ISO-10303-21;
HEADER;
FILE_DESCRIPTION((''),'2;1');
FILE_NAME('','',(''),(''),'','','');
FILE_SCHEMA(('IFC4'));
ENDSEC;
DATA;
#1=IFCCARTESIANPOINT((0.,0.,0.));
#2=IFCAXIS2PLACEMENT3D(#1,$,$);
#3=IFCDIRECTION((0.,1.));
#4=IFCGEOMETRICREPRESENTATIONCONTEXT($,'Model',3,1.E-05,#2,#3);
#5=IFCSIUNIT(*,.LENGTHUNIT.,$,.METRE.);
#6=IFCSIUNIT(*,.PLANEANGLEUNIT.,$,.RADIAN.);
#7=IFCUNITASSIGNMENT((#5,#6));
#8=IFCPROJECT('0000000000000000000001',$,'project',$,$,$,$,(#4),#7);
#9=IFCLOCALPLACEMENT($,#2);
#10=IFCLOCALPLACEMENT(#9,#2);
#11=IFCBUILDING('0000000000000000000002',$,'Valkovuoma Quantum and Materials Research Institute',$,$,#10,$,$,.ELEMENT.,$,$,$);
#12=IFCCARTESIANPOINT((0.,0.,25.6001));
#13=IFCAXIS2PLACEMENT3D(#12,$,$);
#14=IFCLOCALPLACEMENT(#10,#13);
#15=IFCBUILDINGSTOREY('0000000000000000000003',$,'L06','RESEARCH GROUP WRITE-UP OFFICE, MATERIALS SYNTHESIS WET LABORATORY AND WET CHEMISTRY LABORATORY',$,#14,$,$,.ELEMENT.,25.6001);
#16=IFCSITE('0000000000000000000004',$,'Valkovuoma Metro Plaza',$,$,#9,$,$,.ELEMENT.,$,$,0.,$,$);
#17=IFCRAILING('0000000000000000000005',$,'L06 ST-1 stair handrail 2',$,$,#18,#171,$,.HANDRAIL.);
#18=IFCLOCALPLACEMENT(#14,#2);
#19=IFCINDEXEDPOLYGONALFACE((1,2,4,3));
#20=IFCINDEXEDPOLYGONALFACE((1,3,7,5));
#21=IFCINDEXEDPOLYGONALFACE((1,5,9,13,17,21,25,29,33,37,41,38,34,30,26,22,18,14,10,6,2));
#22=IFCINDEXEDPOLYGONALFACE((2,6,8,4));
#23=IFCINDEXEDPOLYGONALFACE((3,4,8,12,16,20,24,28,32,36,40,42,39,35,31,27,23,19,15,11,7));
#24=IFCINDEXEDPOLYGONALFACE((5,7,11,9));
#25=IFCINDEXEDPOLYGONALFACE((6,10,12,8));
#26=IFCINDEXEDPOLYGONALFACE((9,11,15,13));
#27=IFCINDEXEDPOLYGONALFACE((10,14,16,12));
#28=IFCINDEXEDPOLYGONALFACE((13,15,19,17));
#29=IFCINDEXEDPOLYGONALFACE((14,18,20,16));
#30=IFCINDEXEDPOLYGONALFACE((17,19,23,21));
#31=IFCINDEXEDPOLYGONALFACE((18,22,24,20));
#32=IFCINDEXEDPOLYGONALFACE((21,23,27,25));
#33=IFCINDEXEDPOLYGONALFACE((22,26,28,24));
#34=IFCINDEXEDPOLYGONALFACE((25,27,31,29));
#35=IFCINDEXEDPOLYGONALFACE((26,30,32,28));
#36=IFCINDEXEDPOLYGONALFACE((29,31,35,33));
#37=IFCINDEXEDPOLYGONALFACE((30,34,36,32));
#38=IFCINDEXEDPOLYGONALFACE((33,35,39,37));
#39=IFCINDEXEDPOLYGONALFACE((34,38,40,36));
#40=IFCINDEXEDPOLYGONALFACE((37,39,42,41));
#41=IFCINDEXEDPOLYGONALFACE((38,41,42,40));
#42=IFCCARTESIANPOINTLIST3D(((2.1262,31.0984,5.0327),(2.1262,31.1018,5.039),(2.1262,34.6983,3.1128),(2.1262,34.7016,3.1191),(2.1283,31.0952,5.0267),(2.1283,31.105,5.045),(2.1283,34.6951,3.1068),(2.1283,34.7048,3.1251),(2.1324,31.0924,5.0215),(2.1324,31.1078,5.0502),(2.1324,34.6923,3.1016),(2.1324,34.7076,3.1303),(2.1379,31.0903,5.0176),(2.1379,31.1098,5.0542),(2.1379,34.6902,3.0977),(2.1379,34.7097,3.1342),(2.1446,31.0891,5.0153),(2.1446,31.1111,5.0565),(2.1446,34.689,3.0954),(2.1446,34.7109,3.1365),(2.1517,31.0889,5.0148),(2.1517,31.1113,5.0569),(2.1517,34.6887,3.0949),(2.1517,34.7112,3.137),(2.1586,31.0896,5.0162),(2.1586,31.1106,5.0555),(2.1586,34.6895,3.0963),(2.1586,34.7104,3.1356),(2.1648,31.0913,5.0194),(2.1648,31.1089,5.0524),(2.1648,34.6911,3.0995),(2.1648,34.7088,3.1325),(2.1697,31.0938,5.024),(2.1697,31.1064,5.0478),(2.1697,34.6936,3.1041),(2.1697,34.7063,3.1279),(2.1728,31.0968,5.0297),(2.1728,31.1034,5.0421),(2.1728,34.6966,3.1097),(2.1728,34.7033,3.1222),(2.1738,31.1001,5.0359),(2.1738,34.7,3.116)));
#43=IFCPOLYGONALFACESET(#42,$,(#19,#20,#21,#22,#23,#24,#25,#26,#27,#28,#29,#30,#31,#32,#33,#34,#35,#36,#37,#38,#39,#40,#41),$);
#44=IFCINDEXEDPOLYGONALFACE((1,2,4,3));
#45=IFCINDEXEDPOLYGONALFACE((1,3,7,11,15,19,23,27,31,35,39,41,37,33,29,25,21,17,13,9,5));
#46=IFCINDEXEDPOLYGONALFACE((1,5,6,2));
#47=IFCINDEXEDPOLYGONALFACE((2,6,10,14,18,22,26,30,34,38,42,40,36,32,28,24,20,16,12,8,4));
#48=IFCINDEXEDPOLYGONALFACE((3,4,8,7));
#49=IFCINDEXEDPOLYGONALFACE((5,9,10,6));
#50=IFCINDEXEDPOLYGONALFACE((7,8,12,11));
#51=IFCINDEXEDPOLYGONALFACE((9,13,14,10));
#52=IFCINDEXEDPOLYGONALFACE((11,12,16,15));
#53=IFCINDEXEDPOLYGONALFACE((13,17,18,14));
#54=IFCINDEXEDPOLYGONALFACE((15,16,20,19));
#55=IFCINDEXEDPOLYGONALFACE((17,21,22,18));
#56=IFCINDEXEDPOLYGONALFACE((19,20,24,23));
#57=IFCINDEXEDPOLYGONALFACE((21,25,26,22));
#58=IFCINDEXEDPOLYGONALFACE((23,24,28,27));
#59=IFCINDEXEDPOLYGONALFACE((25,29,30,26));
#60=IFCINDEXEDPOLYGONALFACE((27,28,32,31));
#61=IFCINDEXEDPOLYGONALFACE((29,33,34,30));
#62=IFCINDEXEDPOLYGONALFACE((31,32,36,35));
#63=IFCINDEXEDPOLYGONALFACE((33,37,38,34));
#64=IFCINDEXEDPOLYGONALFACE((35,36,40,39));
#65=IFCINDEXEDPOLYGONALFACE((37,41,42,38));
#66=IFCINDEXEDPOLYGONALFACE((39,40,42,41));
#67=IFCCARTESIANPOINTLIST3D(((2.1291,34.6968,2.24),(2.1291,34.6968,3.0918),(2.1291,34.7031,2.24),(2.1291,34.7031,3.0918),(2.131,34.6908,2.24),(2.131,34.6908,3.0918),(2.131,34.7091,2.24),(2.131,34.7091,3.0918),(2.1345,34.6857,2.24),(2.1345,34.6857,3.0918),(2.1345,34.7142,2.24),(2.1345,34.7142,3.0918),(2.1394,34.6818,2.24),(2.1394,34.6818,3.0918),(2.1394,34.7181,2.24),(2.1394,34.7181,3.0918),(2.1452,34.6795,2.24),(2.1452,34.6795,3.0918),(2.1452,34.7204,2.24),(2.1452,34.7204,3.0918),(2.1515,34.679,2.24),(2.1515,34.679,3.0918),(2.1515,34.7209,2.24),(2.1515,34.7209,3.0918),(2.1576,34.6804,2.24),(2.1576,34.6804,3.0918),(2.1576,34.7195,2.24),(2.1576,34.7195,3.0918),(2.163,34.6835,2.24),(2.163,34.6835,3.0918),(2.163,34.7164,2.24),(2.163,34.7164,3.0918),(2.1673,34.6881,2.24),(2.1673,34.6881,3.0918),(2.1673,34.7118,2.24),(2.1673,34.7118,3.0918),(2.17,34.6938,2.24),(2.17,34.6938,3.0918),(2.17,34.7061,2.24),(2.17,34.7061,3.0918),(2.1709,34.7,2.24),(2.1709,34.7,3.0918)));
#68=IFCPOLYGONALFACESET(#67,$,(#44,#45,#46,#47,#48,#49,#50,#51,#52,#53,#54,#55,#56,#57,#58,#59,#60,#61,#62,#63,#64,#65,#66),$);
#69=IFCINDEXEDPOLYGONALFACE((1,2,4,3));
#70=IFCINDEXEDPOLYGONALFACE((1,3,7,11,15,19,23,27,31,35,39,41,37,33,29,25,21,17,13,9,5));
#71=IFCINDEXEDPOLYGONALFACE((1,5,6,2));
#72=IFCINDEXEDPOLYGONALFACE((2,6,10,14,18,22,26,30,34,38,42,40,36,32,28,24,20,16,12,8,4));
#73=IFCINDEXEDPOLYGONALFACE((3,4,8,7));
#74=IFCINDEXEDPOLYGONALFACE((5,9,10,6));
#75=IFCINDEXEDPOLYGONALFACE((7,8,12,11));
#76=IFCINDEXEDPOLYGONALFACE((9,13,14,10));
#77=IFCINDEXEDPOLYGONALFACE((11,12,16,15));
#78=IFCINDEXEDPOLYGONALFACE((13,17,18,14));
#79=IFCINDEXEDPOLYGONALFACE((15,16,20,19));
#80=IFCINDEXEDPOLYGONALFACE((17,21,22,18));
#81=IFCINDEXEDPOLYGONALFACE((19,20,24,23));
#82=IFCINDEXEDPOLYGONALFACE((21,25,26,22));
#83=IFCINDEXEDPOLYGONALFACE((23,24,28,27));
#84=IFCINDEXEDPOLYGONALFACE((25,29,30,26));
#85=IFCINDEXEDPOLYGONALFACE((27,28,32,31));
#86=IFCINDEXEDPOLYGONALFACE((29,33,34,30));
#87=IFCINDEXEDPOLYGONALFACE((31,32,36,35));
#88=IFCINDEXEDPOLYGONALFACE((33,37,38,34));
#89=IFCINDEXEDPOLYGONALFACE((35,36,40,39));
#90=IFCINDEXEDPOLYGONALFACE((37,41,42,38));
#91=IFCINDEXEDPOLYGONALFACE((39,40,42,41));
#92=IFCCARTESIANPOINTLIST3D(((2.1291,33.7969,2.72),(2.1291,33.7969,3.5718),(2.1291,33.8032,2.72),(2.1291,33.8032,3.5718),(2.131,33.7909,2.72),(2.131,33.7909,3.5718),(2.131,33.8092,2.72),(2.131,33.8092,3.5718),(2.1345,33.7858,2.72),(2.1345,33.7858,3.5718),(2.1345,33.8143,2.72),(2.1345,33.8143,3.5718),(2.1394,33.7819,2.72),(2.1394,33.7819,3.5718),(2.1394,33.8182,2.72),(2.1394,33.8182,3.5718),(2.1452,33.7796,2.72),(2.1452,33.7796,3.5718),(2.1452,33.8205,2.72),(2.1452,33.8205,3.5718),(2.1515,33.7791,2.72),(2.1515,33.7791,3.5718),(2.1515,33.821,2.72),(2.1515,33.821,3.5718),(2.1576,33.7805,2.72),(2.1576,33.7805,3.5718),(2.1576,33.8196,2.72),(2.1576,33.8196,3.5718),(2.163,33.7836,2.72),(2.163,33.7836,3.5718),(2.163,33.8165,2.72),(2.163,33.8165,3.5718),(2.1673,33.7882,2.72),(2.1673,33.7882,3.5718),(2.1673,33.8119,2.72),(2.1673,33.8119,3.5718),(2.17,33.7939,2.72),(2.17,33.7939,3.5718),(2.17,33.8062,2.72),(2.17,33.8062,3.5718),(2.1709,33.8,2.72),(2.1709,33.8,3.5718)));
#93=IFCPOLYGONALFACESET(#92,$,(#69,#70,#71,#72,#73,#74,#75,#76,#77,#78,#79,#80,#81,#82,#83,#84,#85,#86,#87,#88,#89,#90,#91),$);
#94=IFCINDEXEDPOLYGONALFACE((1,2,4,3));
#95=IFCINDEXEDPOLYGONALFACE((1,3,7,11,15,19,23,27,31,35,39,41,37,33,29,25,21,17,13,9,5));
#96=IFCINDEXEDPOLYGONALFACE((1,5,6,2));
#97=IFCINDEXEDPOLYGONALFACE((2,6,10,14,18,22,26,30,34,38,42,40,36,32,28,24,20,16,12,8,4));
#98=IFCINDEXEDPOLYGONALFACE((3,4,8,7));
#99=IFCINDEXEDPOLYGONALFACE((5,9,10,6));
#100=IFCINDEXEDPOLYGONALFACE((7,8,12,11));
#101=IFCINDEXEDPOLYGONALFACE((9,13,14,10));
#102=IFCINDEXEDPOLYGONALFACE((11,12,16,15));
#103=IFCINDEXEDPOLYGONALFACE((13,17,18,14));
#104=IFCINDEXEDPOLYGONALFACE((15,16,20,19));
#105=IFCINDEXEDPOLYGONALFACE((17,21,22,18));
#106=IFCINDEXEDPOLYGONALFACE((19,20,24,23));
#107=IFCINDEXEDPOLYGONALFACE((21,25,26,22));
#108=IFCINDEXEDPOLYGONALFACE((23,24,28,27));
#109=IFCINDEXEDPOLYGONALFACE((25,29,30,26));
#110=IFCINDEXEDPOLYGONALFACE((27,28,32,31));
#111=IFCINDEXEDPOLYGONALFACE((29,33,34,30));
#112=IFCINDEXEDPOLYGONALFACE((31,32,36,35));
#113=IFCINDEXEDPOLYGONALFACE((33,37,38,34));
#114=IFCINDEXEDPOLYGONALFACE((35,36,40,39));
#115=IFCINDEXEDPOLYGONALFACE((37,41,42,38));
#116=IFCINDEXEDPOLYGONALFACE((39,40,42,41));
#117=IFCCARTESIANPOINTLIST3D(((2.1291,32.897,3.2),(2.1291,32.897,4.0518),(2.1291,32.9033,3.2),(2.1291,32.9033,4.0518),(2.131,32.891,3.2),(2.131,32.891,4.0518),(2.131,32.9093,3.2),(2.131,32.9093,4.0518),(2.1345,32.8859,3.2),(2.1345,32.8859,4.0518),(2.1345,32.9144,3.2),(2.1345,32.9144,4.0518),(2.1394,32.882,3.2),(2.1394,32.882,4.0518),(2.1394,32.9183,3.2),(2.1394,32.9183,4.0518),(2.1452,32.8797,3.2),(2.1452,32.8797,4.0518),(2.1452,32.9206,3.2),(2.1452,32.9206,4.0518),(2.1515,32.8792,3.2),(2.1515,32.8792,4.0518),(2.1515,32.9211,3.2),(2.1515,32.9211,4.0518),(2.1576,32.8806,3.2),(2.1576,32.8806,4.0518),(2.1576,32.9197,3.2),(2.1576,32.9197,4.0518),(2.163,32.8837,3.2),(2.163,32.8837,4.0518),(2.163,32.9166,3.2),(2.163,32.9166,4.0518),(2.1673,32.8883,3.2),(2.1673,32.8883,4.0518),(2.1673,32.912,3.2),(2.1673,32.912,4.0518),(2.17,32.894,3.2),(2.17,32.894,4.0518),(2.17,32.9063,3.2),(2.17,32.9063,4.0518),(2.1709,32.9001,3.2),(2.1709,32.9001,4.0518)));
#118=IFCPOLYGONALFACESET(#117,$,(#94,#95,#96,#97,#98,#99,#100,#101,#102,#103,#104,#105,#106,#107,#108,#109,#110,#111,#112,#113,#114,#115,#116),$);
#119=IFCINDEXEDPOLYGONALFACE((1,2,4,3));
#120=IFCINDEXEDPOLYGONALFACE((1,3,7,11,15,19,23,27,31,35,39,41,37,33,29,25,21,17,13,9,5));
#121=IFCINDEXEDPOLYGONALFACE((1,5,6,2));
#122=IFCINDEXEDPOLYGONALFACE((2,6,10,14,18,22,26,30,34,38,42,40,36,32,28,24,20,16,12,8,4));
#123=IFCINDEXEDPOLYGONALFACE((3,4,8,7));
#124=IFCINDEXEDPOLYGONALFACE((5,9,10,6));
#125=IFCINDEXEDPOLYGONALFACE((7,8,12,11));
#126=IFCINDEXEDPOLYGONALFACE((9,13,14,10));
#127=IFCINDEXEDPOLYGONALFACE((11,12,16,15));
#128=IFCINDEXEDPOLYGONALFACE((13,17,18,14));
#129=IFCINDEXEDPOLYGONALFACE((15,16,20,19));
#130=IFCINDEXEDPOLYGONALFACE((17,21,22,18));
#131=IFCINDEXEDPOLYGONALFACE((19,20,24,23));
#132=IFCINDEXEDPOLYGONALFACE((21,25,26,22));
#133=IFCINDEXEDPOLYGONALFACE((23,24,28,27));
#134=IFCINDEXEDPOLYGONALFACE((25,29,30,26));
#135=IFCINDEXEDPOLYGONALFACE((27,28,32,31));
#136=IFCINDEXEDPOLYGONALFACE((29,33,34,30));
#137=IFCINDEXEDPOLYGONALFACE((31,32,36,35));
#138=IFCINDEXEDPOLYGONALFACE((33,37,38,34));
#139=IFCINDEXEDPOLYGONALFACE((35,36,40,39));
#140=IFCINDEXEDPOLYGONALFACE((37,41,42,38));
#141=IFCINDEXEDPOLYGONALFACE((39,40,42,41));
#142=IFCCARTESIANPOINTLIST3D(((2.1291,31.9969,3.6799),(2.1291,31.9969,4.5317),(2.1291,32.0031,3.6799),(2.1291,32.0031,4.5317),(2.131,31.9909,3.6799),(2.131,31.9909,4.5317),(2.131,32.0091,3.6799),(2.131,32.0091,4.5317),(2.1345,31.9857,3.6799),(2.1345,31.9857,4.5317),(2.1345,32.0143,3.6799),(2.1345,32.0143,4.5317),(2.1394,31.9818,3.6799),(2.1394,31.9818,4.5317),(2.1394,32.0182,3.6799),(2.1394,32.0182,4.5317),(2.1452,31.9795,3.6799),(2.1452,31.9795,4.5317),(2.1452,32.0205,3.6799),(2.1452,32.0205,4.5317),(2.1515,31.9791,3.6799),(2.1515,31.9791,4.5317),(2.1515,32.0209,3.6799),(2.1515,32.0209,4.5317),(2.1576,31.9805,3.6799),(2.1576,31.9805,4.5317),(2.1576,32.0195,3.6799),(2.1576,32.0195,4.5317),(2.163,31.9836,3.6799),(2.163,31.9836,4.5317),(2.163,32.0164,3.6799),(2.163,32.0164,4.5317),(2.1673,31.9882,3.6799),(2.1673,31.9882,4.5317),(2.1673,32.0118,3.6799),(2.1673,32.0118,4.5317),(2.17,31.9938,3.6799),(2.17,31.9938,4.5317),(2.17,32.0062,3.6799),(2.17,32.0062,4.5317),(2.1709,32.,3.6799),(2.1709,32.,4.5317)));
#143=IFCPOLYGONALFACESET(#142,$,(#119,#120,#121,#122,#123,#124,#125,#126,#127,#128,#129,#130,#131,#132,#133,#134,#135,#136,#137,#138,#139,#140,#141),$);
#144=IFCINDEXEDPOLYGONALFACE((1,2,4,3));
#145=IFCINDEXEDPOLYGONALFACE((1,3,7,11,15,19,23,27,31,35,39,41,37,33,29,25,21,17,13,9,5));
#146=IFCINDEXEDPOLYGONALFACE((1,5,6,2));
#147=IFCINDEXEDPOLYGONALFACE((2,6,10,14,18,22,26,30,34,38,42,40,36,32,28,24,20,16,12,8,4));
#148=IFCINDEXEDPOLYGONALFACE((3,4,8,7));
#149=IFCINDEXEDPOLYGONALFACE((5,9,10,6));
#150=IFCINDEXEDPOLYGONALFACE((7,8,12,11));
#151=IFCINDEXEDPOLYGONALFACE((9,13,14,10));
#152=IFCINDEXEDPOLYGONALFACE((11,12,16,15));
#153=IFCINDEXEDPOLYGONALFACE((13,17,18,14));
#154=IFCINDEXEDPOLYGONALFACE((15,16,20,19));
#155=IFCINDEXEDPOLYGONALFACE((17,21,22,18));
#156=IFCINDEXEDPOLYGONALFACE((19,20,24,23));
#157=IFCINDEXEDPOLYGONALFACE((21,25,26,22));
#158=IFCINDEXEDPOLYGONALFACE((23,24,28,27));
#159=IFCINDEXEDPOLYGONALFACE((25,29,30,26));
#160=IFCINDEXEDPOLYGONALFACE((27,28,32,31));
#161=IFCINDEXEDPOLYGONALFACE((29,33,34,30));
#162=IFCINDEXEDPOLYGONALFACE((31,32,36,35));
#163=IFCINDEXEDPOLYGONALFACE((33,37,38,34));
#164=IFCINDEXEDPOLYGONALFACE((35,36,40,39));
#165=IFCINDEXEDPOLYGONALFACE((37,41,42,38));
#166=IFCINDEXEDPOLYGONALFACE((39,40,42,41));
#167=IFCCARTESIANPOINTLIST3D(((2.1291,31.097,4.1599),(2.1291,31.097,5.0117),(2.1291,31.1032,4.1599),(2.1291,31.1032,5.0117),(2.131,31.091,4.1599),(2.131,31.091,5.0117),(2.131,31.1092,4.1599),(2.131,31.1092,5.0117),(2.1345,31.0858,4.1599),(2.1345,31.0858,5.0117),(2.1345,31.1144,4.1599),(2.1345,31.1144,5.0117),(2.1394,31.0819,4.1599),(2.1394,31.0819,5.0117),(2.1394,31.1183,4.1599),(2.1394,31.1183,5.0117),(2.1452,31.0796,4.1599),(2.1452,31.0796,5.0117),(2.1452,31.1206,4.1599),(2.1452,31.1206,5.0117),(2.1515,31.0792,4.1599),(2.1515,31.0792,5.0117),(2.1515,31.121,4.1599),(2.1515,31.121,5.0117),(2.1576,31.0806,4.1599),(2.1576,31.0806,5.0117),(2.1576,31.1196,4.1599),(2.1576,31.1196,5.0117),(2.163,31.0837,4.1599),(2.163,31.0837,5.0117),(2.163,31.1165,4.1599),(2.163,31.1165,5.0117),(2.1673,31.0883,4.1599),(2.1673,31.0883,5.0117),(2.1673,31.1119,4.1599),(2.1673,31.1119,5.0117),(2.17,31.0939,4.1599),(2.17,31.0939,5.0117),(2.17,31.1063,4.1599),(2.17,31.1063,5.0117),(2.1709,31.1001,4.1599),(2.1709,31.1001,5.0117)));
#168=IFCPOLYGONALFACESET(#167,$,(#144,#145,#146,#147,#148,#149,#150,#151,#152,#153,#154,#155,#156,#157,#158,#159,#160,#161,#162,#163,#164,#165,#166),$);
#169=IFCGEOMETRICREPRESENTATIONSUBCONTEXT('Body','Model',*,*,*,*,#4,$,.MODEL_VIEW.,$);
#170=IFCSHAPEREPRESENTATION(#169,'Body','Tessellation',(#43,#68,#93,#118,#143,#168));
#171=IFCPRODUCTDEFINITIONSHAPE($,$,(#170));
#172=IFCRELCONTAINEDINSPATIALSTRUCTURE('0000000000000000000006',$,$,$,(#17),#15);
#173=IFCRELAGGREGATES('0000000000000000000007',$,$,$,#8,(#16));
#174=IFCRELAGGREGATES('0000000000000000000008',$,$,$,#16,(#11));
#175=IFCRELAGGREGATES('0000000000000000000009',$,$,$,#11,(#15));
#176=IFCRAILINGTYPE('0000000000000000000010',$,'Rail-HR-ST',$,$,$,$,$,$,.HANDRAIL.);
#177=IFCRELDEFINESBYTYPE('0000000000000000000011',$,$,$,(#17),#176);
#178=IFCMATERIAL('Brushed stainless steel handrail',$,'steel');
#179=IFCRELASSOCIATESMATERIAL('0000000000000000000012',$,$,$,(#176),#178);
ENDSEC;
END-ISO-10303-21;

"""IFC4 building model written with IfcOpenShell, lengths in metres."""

from ifc_helpers import new_model, si_unit, direction, frame, origin, origin_2d, place, context, subcontext, project, spatial, circle, extrude, material, type_object, element, save


model = new_model("IFC4")

# Units and contexts
model_context = context("Model", 3, precision=1e-05, world=origin(), true_north=direction((0.0, 1.0)))
body_context = subcontext(model_context, "Body", "Model", "MODEL_VIEW")
ifc_project = project(units=[si_unit("LENGTHUNIT", "METRE"), si_unit("PLANEANGLEUNIT", "RADIAN")], contexts=[model_context])

# Site, building, storey
site_placement = place(None, origin())
site = spatial("IfcSite", under=ifc_project, at=site_placement, Name="Valkovuoma Metro Plaza", CompositionType="ELEMENT", RefElevation=0.0)
building_placement = place(site_placement, origin())
building = spatial("IfcBuilding", under=site, at=building_placement, Name="Valkovuoma Quantum and Materials Research Institute", CompositionType="ELEMENT")
storey_placement = place(building_placement, frame((0.0, 0.0, 25.6001)))
storey = spatial("IfcBuildingStorey", under=building, at=storey_placement, Name="L06", Description="RESEARCH GROUP WRITE-UP OFFICE, MATERIALS SYNTHESIS WET LABORATORY AND WET CHEMISTRY LABORATORY", CompositionType="ELEMENT", Elevation=25.6001)

# Railing
ifc_material_1 = material(Name="Brushed stainless steel handrail", Category="steel")
railing_type_1 = type_object("IfcRailingType", Name="Rail-HR-ST", PredefinedType="HANDRAIL", material=ifc_material_1)
railing_1_placement = place(storey_placement, frame((2.1499, 34.7, 2.24)))
element("IfcRailing", 1, at=railing_1_placement, inside=storey, type_object=railing_type_1, Name="L06 ST-1 stair handrail 2", PredefinedType="HANDRAIL", context=body_context, shape_type="SweptSolid", body=[
    extrude(circle(Radius=0.0239, at=origin_2d()), frame((0.0, 0.0, 0.876), z_axis=(0.0, -0.882353, 0.470588), x_axis=(1.0, 0.0, 0.0)), (0.0, 0.0, 1.0), 4.0798),
    extrude(circle(Radius=0.021, at=origin_2d()), origin(), (0.0, 0.0, 1.0), 0.8518),
    extrude(circle(Radius=0.021, at=origin_2d()), frame((0.0, -0.8999, 0.48)), (0.0, 0.0, 1.0), 0.8518),
    extrude(circle(Radius=0.021, at=origin_2d()), frame((0.0, -1.7998, 0.96)), (0.0, 0.0, 1.0), 0.8518),
    extrude(circle(Radius=0.021, at=origin_2d()), frame((0.0, -2.7, 1.4399)), (0.0, 0.0, 1.0), 0.8518),
    extrude(circle(Radius=0.021, at=origin_2d()), frame((0.0, -3.5999, 1.9199)), (0.0, 0.0, 1.0), 0.8518),
])

save(model, "model.ifc")
